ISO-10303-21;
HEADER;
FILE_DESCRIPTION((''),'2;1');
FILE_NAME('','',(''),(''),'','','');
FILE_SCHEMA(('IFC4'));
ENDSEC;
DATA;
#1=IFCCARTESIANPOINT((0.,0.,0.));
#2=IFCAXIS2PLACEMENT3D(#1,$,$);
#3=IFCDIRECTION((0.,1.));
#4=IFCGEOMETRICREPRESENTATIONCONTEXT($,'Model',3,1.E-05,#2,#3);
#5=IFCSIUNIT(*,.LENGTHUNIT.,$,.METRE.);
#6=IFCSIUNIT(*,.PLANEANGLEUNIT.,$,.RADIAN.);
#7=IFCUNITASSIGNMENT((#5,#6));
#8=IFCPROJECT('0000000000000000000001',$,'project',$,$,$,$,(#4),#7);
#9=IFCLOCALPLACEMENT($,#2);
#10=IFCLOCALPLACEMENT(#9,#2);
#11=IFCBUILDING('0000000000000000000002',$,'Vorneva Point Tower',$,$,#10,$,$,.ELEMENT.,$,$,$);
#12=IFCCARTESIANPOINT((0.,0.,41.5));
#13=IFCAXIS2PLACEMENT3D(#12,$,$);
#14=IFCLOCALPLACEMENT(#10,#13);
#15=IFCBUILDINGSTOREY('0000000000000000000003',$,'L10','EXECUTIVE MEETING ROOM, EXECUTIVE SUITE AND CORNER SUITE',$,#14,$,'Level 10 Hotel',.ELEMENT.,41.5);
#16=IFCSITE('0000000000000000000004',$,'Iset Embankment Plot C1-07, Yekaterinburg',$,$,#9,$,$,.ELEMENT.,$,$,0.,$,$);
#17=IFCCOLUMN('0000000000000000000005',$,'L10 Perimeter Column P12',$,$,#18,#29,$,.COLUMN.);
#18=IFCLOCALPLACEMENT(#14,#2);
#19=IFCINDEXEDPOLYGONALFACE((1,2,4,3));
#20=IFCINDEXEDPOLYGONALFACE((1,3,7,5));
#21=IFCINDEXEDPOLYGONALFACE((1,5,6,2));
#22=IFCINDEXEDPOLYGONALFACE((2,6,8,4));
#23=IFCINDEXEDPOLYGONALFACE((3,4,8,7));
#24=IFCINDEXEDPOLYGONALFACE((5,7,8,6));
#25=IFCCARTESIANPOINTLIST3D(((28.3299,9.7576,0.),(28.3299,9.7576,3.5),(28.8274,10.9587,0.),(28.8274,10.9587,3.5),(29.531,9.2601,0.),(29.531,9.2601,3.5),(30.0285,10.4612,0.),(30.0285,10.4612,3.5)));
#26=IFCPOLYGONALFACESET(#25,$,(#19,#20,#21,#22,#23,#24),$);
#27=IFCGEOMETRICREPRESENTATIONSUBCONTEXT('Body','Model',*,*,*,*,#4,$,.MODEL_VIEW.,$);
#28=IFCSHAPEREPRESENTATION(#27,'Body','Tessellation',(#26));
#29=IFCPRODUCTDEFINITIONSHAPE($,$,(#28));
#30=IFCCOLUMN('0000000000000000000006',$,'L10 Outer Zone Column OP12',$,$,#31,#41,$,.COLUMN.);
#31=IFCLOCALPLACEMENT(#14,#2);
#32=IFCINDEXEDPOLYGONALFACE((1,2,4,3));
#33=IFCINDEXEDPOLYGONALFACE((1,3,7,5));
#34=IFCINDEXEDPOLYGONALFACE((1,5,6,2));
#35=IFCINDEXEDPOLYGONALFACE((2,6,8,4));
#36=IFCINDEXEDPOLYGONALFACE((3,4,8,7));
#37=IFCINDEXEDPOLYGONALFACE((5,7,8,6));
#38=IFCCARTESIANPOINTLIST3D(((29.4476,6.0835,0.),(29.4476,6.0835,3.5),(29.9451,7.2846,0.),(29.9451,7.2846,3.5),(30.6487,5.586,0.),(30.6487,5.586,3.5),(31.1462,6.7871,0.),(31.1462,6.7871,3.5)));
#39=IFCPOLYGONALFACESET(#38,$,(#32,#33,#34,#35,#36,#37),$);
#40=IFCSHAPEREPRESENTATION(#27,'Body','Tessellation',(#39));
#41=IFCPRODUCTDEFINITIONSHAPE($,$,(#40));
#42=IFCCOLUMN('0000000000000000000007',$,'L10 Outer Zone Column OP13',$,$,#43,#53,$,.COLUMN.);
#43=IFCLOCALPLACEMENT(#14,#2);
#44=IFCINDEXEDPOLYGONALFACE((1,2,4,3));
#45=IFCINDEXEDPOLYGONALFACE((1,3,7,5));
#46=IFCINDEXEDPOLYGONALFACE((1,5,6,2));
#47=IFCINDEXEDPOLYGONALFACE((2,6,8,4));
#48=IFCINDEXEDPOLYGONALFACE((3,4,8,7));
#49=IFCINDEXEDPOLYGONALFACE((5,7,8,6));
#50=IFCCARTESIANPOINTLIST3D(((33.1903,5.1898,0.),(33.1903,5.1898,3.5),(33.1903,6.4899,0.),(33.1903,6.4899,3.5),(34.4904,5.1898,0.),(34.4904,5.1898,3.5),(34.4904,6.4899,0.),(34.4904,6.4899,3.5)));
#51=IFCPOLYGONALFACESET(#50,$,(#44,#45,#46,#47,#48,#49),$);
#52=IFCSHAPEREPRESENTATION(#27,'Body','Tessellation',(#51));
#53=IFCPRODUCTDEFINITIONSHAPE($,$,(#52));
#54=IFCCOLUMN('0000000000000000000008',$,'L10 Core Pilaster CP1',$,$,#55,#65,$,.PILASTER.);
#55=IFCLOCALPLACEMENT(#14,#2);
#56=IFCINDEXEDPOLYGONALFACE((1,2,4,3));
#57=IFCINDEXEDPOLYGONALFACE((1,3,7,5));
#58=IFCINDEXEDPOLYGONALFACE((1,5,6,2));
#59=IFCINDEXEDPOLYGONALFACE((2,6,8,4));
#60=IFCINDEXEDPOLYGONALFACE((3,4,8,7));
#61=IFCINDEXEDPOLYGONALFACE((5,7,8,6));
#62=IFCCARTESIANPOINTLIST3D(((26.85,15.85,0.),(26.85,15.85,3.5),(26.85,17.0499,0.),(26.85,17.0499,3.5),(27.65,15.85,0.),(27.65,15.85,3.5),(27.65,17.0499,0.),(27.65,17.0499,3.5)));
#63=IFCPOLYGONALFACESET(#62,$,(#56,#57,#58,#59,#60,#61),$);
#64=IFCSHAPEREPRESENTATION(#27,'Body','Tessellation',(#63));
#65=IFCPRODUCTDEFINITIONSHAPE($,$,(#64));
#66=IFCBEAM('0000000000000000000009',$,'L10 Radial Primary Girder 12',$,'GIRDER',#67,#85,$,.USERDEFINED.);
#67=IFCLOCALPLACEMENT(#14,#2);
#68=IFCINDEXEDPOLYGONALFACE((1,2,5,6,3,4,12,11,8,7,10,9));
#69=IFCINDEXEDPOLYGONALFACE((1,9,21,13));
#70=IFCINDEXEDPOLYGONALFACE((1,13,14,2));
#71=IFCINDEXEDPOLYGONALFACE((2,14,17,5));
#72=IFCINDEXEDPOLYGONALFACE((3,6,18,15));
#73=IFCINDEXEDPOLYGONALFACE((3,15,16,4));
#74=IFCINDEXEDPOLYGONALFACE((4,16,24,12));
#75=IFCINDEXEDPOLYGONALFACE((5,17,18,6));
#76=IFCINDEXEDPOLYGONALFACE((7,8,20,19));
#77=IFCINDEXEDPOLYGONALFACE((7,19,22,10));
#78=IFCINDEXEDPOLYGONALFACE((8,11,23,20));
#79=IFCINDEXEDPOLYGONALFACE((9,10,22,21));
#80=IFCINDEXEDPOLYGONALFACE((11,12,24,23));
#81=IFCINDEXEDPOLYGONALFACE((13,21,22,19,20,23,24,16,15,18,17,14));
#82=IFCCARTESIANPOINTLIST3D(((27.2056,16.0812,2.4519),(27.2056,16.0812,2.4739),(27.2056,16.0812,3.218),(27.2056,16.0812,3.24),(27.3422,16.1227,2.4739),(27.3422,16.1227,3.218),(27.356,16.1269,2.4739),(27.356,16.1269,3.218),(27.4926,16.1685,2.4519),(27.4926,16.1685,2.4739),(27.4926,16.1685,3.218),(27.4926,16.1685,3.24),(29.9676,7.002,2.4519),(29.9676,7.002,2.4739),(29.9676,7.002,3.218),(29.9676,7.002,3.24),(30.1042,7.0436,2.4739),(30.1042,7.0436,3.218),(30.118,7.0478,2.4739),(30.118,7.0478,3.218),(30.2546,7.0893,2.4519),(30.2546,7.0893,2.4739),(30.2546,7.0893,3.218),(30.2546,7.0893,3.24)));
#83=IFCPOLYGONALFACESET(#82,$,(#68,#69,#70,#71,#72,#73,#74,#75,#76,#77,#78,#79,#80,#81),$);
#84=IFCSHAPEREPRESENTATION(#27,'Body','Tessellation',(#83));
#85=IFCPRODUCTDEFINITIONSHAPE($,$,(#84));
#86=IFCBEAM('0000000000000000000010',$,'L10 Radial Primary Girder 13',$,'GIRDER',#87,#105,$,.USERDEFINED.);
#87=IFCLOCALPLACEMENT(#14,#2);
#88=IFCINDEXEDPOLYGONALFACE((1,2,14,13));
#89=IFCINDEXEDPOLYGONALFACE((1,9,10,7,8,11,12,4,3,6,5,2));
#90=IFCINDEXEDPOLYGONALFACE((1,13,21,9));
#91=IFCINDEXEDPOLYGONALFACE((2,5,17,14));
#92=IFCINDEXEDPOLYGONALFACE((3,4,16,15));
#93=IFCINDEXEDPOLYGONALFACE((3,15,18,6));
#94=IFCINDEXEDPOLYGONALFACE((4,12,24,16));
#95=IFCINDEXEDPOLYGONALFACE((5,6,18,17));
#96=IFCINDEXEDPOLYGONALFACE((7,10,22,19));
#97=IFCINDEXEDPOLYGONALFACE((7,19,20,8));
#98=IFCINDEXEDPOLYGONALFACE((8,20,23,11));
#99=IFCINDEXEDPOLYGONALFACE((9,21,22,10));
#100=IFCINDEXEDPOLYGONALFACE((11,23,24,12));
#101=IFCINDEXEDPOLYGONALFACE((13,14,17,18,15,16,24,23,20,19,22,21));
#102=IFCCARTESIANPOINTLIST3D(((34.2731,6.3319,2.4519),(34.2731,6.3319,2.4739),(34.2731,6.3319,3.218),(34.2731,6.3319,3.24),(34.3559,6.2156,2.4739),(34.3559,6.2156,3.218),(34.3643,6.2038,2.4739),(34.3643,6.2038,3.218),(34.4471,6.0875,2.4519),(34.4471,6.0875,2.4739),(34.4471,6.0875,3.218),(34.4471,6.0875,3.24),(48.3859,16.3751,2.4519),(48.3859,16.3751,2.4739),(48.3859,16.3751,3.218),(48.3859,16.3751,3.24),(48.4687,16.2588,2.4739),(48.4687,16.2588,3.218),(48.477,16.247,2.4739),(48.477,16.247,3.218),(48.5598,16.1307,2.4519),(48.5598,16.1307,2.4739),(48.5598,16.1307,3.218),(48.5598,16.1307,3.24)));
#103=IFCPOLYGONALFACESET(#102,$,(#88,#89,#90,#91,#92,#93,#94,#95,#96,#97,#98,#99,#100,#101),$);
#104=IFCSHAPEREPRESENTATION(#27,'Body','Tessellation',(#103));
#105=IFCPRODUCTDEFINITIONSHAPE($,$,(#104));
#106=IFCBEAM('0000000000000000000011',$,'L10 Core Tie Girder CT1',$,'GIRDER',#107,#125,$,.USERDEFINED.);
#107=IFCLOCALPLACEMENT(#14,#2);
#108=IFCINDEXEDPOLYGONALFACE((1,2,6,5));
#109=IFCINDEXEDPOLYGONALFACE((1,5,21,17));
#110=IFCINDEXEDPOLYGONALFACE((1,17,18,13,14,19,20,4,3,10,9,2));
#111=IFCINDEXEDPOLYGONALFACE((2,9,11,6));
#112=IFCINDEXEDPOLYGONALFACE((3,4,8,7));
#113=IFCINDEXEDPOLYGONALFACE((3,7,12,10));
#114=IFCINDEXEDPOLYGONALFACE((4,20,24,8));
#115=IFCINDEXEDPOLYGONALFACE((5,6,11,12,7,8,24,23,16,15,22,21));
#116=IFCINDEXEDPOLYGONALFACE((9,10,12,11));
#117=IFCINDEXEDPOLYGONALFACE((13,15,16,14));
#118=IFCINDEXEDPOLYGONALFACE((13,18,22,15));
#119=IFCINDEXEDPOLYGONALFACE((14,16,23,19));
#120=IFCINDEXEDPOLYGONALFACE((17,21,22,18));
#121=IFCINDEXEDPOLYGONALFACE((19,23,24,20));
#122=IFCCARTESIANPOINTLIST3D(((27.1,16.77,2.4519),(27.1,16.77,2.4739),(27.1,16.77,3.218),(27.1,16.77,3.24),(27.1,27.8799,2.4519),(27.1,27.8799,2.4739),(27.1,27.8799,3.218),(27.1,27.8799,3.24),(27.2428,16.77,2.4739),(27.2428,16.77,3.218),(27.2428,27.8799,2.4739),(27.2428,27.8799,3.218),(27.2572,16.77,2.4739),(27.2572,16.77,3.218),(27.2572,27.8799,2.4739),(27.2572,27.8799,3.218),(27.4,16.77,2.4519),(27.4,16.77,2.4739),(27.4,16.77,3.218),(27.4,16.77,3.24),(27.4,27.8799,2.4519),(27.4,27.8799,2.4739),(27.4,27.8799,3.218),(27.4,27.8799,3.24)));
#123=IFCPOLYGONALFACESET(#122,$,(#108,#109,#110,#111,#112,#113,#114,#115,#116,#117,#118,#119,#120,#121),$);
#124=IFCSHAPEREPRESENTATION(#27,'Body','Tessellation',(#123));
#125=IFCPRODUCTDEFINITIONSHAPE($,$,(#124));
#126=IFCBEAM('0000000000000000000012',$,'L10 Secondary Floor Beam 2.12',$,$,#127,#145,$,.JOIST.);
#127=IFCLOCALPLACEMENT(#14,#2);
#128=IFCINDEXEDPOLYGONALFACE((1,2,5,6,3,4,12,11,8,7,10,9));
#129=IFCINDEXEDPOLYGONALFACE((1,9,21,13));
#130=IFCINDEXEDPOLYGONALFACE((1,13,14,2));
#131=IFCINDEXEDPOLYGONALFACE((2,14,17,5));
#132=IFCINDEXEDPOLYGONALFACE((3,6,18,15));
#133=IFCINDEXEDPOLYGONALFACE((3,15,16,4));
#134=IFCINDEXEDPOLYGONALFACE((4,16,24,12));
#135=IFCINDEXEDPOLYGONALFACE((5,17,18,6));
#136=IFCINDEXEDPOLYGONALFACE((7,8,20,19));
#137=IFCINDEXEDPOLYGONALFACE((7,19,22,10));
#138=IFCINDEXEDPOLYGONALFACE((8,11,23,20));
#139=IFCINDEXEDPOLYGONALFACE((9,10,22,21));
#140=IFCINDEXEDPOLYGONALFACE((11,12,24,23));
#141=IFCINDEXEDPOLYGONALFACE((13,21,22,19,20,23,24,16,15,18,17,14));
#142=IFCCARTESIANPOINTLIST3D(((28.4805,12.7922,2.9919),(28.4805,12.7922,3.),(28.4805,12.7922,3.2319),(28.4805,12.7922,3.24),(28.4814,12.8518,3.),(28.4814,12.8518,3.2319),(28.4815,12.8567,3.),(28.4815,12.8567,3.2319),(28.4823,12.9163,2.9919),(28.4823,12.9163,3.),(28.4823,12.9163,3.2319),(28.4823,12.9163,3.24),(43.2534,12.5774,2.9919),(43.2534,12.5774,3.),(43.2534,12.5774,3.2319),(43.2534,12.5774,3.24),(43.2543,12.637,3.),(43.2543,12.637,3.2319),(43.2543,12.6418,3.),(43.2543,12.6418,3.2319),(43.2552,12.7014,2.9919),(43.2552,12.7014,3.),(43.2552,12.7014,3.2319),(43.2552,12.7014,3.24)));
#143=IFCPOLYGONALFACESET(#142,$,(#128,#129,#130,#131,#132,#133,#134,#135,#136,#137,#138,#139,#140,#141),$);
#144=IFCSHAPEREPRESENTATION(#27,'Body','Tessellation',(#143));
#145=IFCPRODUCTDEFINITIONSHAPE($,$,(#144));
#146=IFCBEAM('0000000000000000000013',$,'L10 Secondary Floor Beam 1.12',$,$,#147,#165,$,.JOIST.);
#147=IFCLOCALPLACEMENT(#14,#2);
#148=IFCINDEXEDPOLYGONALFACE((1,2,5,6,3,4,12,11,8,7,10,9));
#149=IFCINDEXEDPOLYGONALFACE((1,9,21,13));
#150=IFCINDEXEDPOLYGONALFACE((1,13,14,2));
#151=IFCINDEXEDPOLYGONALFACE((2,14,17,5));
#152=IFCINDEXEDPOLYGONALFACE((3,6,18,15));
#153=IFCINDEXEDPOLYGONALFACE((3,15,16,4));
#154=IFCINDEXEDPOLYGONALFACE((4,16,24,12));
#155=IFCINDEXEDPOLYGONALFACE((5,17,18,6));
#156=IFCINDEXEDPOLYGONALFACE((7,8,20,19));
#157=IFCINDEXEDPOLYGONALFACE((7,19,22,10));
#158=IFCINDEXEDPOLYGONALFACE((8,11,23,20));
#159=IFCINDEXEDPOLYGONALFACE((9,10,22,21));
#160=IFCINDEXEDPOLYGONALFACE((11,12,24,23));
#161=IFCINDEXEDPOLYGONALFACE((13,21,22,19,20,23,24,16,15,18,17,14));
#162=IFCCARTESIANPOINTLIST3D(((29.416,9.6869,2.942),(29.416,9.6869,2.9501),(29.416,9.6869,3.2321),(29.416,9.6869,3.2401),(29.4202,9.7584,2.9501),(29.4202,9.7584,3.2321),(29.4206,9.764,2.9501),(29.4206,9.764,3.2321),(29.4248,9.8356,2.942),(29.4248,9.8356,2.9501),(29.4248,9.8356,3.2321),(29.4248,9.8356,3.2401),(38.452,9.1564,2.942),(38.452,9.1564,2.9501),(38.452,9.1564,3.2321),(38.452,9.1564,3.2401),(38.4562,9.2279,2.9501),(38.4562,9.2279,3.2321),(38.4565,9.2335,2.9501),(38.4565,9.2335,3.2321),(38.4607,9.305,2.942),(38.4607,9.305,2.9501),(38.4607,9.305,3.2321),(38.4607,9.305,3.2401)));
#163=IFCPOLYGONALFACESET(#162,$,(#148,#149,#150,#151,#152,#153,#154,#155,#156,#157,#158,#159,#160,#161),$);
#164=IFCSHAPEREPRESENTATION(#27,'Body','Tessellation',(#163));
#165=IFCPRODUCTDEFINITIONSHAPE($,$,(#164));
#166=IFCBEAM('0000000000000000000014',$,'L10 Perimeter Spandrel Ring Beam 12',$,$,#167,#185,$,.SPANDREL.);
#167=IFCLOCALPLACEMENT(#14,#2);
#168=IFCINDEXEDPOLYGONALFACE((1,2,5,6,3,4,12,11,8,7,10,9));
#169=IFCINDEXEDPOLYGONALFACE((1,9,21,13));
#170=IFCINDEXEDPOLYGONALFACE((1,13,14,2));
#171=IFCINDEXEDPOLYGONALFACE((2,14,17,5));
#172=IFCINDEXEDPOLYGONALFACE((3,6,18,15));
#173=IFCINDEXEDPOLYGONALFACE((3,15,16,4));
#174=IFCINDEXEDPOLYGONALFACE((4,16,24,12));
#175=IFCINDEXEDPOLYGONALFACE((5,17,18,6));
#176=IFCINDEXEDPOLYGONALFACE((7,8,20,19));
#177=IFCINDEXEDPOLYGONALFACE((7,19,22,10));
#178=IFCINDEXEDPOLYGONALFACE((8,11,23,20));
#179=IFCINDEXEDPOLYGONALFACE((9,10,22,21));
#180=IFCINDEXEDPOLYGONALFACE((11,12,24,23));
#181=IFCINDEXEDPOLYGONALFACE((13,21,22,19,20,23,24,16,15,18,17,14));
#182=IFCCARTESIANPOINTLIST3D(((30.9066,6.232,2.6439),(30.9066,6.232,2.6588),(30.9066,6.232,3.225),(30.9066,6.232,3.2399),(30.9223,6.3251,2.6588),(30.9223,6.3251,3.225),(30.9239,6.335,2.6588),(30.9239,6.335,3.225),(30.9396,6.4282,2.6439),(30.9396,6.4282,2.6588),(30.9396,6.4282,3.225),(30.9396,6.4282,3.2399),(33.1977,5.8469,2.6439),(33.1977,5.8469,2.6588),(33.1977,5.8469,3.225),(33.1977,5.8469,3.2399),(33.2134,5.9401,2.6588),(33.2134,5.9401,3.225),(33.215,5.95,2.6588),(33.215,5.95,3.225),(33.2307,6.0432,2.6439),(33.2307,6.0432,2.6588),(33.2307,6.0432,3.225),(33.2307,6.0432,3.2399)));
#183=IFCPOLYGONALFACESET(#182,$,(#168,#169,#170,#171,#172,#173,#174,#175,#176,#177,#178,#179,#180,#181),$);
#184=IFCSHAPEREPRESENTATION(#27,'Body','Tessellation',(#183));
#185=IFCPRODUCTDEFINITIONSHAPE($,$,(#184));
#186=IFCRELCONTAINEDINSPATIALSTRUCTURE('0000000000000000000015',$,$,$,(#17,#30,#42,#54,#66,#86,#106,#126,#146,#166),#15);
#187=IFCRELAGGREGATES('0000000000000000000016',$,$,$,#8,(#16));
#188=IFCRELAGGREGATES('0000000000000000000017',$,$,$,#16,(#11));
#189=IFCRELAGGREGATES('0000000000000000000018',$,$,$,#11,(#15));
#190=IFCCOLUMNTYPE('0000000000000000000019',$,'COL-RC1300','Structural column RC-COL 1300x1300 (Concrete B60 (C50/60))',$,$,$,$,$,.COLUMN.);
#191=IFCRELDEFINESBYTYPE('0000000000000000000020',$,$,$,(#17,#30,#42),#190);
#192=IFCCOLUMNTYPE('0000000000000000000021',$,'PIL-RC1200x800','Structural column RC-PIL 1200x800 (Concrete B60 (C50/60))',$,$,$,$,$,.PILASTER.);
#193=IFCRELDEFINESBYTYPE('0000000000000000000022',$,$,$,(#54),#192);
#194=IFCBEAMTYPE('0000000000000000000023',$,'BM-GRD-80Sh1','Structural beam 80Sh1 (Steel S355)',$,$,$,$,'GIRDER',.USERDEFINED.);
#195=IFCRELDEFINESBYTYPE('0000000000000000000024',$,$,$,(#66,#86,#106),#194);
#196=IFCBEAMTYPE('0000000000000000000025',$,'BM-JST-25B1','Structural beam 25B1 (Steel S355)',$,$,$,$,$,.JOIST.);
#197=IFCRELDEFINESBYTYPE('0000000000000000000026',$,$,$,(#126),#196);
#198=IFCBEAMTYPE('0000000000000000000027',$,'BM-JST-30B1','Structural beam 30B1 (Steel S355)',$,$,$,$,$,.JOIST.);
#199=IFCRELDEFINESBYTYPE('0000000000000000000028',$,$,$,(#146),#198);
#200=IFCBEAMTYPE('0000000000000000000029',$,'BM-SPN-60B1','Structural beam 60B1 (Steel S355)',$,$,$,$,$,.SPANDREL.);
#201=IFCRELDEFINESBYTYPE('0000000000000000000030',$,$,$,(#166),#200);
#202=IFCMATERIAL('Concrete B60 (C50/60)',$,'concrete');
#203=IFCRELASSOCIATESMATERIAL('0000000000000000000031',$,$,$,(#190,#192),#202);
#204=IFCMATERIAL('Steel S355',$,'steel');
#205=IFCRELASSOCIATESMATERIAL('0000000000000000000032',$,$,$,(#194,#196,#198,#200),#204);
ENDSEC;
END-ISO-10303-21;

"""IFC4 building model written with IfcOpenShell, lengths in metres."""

from ifc_helpers import new_model, si_unit, direction, frame, origin, origin_2d, place, context, subcontext, project, spatial, rectangle, i_section, extrude, material, material_profile, profile_set, type_object, element, save


model = new_model("IFC4")

# Units and contexts
model_context = context("Model", 3, precision=1e-05, world=origin(), true_north=direction((0.0, 1.0)))
body_context = subcontext(model_context, "Body", "Model", "MODEL_VIEW")
ifc_project = project(units=[si_unit("LENGTHUNIT", "METRE"), si_unit("PLANEANGLEUNIT", "RADIAN")], contexts=[model_context])

# Site, building, storey
site_placement = place(None, origin())
site = spatial("IfcSite", under=ifc_project, at=site_placement, Name="Iset Embankment Plot C1-07, Yekaterinburg", CompositionType="ELEMENT", RefElevation=0.0)
building_placement = place(site_placement, origin())
building = spatial("IfcBuilding", under=site, at=building_placement, Name="Vorneva Point Tower", CompositionType="ELEMENT")
storey_placement = place(building_placement, frame((0.0, 0.0, 41.5)))
storey = spatial("IfcBuildingStorey", under=building, at=storey_placement, Name="L10", Description="EXECUTIVE MEETING ROOM, EXECUTIVE SUITE AND CORNER SUITE", LongName="Level 10 Hotel", CompositionType="ELEMENT", Elevation=41.5)

# Columns
ifc_material_1 = material(Name="Concrete B60 (C50/60)", Category="concrete")
ifc_material_profile_1 = material_profile(ifc_material_1, rectangle(XDim=1.3, YDim=1.3, at=origin_2d()), Name="RC-COL 1300x1300")
ifc_profile_set_1 = profile_set([ifc_material_profile_1], Name="Concrete B60 (C50/60)")
column_type_1 = type_object("IfcColumnType", Name="COL-RC1300", Description="Structural column RC-COL 1300x1300 (Concrete B60 (C50/60))", PredefinedType="COLUMN", material=ifc_profile_set_1)
for number, where, z_axis, x_axis, name in (
    (1, (29.1792, 10.1094, 0.0), (0.0, 0.0, 1.0), (-0.382683, -0.92388, 0.0), "L10 Perimeter Column P12"),
    (2, (30.2969, 6.4353, 0.0), (0.0, 0.0, 1.0), (-0.382683, -0.92388, 0.0), "L10 Outer Zone Column OP12"),
    (3, (33.8403, 5.8398, 0.0), (0.0, 0.0, 1.0), (0.0, -1.0, 0.0), "L10 Outer Zone Column OP13"),
):
    element("IfcColumn", number, at=place(storey_placement, frame(where, z_axis=z_axis, x_axis=x_axis)), inside=storey, type_object=column_type_1, Name=name, PredefinedType="COLUMN", context=body_context, shape_type="SweptSolid", body=[
        extrude(rectangle(XDim=1.3, YDim=1.3, at=origin_2d()), origin(), (0.0, 0.0, 1.0), 3.5),
    ])
ifc_material_profile_2 = material_profile(ifc_material_1, rectangle(XDim=0.8, YDim=1.2, at=origin_2d()), Name="RC-PIL 1200x800")
ifc_profile_set_2 = profile_set([ifc_material_profile_2], Name="Concrete B60 (C50/60)")
column_type_2 = type_object("IfcColumnType", Name="PIL-RC1200x800", Description="Structural column RC-PIL 1200x800 (Concrete B60 (C50/60))", PredefinedType="PILASTER", material=ifc_profile_set_2)
column_placement = place(storey_placement, frame((27.25, 16.45, 0.0), z_axis=(0.0, 0.0, 1.0), x_axis=(1.0, 0.0, 0.0)))
element("IfcColumn", 4, at=column_placement, inside=storey, type_object=column_type_2, Name="L10 Core Pilaster CP1", PredefinedType="PILASTER", context=body_context, shape_type="SweptSolid", body=[
    extrude(rectangle(XDim=0.8, YDim=1.2, at=origin_2d()), origin(), (0.0, 0.0, 1.0), 3.5),
])

# Beams
ifc_material_2 = material(Name="Steel S355", Category="steel")
ifc_material_profile_3 = material_profile(ifc_material_2, i_section(OverallWidth=0.3, OverallDepth=0.7881, WebThickness=0.0144, FlangeThickness=0.022, at=origin_2d()), Name="80Sh1")
ifc_profile_set_3 = profile_set([ifc_material_profile_3], Name="Steel S355")
beam_type_1 = type_object("IfcBeamType", Name="BM-GRD-80Sh1", Description="Structural beam 80Sh1 (Steel S355)", ElementType="GIRDER", PredefinedType="USERDEFINED", material=ifc_profile_set_3)
beam_1_placement = place(storey_placement, frame((30.1111, 7.0457, 2.8459), z_axis=(-0.291042, 0.95671, 0.0), x_axis=(-0.95671, -0.291042, 0.0)))
element("IfcBeam", 5, at=beam_1_placement, inside=storey, type_object=beam_type_1, Name="L10 Radial Primary Girder 12", ObjectType="GIRDER", PredefinedType="USERDEFINED", context=body_context, shape_type="SweptSolid", body=[
    extrude(i_section(OverallWidth=0.3, OverallDepth=0.7881, WebThickness=0.0144, FlangeThickness=0.022, at=origin_2d()), origin(), (0.0, 0.0, 1.0), 9.49),
])
beam_2_placement = place(storey_placement, frame((34.3601, 6.2097, 2.8459), z_axis=(0.814752, 0.579809, 0.0), x_axis=(-0.579809, 0.814752, 0.0)))
element("IfcBeam", 6, at=beam_2_placement, inside=storey, type_object=beam_type_1, Name="L10 Radial Primary Girder 13", ObjectType="GIRDER", PredefinedType="USERDEFINED", context=body_context, shape_type="SweptSolid", body=[
    extrude(i_section(OverallWidth=0.3, OverallDepth=0.7881, WebThickness=0.0144, FlangeThickness=0.022, at=origin_2d()), origin(), (0.0, 0.0, 1.0), 17.3215),
])
beam_3_placement = place(storey_placement, frame((27.25, 16.77, 2.8459), z_axis=(0.0, 1.0, 0.0), x_axis=(-1.0, 0.0, 0.0)))
element("IfcBeam", 7, at=beam_3_placement, inside=storey, type_object=beam_type_1, Name="L10 Core Tie Girder CT1", ObjectType="GIRDER", PredefinedType="USERDEFINED", context=body_context, shape_type="SweptSolid", body=[
    extrude(i_section(OverallWidth=0.3, OverallDepth=0.7881, WebThickness=0.0144, FlangeThickness=0.022, at=origin_2d()), origin(), (0.0, 0.0, 1.0), 11.1099),
])
ifc_material_profile_4 = material_profile(ifc_material_2, i_section(OverallWidth=0.124, OverallDepth=0.248, WebThickness=0.0049, FlangeThickness=0.0081, at=origin_2d()), Name="25B1")
ifc_profile_set_4 = profile_set([ifc_material_profile_4], Name="Steel S355")
beam_type_2 = type_object("IfcBeamType", Name="BM-JST-25B1", Description="Structural beam 25B1 (Steel S355)", PredefinedType="JOIST", material=ifc_profile_set_4)
beam_4_placement = place(storey_placement, frame((28.4814, 12.8542, 3.116), z_axis=(0.999894, -0.014542, 0.0), x_axis=(0.014542, 0.999894, 0.0)))
element("IfcBeam", 8, at=beam_4_placement, inside=storey, type_object=beam_type_2, Name="L10 Secondary Floor Beam 2.12", PredefinedType="JOIST", context=body_context, shape_type="SweptSolid", body=[
    extrude(i_section(OverallWidth=0.124, OverallDepth=0.248, WebThickness=0.0049, FlangeThickness=0.0081, at=origin_2d()), origin(), (0.0, 0.0, 1.0), 14.7744),
])
ifc_material_profile_5 = material_profile(ifc_material_2, i_section(OverallWidth=0.1489, OverallDepth=0.2981, WebThickness=0.0056, FlangeThickness=0.0081, at=origin_2d()), Name="30B1")
ifc_profile_set_5 = profile_set([ifc_material_profile_5], Name="Steel S355")
beam_type_3 = type_object("IfcBeamType", Name="BM-JST-30B1", Description="Structural beam 30B1 (Steel S355)", PredefinedType="JOIST", material=ifc_profile_set_5)
beam_5_placement = place(storey_placement, frame((29.4204, 9.7612, 3.0911), z_axis=(0.998281, -0.058611, 0.0), x_axis=(0.058611, 0.998281, 0.0)))
element("IfcBeam", 9, at=beam_5_placement, inside=storey, type_object=beam_type_3, Name="L10 Secondary Floor Beam 1.12", PredefinedType="JOIST", context=body_context, shape_type="SweptSolid", body=[
    extrude(i_section(OverallWidth=0.1489, OverallDepth=0.2981, WebThickness=0.0056, FlangeThickness=0.0081, at=origin_2d()), origin(), (0.0, 0.0, 1.0), 9.0515),
])
ifc_material_profile_6 = material_profile(ifc_material_2, i_section(OverallWidth=0.199, OverallDepth=0.5959, WebThickness=0.01, FlangeThickness=0.0149, at=origin_2d()), Name="60B1")
ifc_profile_set_6 = profile_set([ifc_material_profile_6], Name="Steel S355")
beam_type_4 = type_object("IfcBeamType", Name="BM-SPN-60B1", Description="Structural beam 60B1 (Steel S355)", PredefinedType="SPANDREL", material=ifc_profile_set_6)
beam_6_placement = place(storey_placement, frame((30.9231, 6.3301, 2.9419), z_axis=(0.986171, -0.165728, 0.0), x_axis=(0.165728, 0.986171, 0.0)))
element("IfcBeam", 10, at=beam_6_placement, inside=storey, type_object=beam_type_4, Name="L10 Perimeter Spandrel Ring Beam 12", PredefinedType="SPANDREL", context=body_context, shape_type="SweptSolid", body=[
    extrude(i_section(OverallWidth=0.199, OverallDepth=0.5959, WebThickness=0.01, FlangeThickness=0.0149, at=origin_2d()), origin(), (0.0, 0.0, 1.0), 2.3232),
])

save(model, "model.ifc")
